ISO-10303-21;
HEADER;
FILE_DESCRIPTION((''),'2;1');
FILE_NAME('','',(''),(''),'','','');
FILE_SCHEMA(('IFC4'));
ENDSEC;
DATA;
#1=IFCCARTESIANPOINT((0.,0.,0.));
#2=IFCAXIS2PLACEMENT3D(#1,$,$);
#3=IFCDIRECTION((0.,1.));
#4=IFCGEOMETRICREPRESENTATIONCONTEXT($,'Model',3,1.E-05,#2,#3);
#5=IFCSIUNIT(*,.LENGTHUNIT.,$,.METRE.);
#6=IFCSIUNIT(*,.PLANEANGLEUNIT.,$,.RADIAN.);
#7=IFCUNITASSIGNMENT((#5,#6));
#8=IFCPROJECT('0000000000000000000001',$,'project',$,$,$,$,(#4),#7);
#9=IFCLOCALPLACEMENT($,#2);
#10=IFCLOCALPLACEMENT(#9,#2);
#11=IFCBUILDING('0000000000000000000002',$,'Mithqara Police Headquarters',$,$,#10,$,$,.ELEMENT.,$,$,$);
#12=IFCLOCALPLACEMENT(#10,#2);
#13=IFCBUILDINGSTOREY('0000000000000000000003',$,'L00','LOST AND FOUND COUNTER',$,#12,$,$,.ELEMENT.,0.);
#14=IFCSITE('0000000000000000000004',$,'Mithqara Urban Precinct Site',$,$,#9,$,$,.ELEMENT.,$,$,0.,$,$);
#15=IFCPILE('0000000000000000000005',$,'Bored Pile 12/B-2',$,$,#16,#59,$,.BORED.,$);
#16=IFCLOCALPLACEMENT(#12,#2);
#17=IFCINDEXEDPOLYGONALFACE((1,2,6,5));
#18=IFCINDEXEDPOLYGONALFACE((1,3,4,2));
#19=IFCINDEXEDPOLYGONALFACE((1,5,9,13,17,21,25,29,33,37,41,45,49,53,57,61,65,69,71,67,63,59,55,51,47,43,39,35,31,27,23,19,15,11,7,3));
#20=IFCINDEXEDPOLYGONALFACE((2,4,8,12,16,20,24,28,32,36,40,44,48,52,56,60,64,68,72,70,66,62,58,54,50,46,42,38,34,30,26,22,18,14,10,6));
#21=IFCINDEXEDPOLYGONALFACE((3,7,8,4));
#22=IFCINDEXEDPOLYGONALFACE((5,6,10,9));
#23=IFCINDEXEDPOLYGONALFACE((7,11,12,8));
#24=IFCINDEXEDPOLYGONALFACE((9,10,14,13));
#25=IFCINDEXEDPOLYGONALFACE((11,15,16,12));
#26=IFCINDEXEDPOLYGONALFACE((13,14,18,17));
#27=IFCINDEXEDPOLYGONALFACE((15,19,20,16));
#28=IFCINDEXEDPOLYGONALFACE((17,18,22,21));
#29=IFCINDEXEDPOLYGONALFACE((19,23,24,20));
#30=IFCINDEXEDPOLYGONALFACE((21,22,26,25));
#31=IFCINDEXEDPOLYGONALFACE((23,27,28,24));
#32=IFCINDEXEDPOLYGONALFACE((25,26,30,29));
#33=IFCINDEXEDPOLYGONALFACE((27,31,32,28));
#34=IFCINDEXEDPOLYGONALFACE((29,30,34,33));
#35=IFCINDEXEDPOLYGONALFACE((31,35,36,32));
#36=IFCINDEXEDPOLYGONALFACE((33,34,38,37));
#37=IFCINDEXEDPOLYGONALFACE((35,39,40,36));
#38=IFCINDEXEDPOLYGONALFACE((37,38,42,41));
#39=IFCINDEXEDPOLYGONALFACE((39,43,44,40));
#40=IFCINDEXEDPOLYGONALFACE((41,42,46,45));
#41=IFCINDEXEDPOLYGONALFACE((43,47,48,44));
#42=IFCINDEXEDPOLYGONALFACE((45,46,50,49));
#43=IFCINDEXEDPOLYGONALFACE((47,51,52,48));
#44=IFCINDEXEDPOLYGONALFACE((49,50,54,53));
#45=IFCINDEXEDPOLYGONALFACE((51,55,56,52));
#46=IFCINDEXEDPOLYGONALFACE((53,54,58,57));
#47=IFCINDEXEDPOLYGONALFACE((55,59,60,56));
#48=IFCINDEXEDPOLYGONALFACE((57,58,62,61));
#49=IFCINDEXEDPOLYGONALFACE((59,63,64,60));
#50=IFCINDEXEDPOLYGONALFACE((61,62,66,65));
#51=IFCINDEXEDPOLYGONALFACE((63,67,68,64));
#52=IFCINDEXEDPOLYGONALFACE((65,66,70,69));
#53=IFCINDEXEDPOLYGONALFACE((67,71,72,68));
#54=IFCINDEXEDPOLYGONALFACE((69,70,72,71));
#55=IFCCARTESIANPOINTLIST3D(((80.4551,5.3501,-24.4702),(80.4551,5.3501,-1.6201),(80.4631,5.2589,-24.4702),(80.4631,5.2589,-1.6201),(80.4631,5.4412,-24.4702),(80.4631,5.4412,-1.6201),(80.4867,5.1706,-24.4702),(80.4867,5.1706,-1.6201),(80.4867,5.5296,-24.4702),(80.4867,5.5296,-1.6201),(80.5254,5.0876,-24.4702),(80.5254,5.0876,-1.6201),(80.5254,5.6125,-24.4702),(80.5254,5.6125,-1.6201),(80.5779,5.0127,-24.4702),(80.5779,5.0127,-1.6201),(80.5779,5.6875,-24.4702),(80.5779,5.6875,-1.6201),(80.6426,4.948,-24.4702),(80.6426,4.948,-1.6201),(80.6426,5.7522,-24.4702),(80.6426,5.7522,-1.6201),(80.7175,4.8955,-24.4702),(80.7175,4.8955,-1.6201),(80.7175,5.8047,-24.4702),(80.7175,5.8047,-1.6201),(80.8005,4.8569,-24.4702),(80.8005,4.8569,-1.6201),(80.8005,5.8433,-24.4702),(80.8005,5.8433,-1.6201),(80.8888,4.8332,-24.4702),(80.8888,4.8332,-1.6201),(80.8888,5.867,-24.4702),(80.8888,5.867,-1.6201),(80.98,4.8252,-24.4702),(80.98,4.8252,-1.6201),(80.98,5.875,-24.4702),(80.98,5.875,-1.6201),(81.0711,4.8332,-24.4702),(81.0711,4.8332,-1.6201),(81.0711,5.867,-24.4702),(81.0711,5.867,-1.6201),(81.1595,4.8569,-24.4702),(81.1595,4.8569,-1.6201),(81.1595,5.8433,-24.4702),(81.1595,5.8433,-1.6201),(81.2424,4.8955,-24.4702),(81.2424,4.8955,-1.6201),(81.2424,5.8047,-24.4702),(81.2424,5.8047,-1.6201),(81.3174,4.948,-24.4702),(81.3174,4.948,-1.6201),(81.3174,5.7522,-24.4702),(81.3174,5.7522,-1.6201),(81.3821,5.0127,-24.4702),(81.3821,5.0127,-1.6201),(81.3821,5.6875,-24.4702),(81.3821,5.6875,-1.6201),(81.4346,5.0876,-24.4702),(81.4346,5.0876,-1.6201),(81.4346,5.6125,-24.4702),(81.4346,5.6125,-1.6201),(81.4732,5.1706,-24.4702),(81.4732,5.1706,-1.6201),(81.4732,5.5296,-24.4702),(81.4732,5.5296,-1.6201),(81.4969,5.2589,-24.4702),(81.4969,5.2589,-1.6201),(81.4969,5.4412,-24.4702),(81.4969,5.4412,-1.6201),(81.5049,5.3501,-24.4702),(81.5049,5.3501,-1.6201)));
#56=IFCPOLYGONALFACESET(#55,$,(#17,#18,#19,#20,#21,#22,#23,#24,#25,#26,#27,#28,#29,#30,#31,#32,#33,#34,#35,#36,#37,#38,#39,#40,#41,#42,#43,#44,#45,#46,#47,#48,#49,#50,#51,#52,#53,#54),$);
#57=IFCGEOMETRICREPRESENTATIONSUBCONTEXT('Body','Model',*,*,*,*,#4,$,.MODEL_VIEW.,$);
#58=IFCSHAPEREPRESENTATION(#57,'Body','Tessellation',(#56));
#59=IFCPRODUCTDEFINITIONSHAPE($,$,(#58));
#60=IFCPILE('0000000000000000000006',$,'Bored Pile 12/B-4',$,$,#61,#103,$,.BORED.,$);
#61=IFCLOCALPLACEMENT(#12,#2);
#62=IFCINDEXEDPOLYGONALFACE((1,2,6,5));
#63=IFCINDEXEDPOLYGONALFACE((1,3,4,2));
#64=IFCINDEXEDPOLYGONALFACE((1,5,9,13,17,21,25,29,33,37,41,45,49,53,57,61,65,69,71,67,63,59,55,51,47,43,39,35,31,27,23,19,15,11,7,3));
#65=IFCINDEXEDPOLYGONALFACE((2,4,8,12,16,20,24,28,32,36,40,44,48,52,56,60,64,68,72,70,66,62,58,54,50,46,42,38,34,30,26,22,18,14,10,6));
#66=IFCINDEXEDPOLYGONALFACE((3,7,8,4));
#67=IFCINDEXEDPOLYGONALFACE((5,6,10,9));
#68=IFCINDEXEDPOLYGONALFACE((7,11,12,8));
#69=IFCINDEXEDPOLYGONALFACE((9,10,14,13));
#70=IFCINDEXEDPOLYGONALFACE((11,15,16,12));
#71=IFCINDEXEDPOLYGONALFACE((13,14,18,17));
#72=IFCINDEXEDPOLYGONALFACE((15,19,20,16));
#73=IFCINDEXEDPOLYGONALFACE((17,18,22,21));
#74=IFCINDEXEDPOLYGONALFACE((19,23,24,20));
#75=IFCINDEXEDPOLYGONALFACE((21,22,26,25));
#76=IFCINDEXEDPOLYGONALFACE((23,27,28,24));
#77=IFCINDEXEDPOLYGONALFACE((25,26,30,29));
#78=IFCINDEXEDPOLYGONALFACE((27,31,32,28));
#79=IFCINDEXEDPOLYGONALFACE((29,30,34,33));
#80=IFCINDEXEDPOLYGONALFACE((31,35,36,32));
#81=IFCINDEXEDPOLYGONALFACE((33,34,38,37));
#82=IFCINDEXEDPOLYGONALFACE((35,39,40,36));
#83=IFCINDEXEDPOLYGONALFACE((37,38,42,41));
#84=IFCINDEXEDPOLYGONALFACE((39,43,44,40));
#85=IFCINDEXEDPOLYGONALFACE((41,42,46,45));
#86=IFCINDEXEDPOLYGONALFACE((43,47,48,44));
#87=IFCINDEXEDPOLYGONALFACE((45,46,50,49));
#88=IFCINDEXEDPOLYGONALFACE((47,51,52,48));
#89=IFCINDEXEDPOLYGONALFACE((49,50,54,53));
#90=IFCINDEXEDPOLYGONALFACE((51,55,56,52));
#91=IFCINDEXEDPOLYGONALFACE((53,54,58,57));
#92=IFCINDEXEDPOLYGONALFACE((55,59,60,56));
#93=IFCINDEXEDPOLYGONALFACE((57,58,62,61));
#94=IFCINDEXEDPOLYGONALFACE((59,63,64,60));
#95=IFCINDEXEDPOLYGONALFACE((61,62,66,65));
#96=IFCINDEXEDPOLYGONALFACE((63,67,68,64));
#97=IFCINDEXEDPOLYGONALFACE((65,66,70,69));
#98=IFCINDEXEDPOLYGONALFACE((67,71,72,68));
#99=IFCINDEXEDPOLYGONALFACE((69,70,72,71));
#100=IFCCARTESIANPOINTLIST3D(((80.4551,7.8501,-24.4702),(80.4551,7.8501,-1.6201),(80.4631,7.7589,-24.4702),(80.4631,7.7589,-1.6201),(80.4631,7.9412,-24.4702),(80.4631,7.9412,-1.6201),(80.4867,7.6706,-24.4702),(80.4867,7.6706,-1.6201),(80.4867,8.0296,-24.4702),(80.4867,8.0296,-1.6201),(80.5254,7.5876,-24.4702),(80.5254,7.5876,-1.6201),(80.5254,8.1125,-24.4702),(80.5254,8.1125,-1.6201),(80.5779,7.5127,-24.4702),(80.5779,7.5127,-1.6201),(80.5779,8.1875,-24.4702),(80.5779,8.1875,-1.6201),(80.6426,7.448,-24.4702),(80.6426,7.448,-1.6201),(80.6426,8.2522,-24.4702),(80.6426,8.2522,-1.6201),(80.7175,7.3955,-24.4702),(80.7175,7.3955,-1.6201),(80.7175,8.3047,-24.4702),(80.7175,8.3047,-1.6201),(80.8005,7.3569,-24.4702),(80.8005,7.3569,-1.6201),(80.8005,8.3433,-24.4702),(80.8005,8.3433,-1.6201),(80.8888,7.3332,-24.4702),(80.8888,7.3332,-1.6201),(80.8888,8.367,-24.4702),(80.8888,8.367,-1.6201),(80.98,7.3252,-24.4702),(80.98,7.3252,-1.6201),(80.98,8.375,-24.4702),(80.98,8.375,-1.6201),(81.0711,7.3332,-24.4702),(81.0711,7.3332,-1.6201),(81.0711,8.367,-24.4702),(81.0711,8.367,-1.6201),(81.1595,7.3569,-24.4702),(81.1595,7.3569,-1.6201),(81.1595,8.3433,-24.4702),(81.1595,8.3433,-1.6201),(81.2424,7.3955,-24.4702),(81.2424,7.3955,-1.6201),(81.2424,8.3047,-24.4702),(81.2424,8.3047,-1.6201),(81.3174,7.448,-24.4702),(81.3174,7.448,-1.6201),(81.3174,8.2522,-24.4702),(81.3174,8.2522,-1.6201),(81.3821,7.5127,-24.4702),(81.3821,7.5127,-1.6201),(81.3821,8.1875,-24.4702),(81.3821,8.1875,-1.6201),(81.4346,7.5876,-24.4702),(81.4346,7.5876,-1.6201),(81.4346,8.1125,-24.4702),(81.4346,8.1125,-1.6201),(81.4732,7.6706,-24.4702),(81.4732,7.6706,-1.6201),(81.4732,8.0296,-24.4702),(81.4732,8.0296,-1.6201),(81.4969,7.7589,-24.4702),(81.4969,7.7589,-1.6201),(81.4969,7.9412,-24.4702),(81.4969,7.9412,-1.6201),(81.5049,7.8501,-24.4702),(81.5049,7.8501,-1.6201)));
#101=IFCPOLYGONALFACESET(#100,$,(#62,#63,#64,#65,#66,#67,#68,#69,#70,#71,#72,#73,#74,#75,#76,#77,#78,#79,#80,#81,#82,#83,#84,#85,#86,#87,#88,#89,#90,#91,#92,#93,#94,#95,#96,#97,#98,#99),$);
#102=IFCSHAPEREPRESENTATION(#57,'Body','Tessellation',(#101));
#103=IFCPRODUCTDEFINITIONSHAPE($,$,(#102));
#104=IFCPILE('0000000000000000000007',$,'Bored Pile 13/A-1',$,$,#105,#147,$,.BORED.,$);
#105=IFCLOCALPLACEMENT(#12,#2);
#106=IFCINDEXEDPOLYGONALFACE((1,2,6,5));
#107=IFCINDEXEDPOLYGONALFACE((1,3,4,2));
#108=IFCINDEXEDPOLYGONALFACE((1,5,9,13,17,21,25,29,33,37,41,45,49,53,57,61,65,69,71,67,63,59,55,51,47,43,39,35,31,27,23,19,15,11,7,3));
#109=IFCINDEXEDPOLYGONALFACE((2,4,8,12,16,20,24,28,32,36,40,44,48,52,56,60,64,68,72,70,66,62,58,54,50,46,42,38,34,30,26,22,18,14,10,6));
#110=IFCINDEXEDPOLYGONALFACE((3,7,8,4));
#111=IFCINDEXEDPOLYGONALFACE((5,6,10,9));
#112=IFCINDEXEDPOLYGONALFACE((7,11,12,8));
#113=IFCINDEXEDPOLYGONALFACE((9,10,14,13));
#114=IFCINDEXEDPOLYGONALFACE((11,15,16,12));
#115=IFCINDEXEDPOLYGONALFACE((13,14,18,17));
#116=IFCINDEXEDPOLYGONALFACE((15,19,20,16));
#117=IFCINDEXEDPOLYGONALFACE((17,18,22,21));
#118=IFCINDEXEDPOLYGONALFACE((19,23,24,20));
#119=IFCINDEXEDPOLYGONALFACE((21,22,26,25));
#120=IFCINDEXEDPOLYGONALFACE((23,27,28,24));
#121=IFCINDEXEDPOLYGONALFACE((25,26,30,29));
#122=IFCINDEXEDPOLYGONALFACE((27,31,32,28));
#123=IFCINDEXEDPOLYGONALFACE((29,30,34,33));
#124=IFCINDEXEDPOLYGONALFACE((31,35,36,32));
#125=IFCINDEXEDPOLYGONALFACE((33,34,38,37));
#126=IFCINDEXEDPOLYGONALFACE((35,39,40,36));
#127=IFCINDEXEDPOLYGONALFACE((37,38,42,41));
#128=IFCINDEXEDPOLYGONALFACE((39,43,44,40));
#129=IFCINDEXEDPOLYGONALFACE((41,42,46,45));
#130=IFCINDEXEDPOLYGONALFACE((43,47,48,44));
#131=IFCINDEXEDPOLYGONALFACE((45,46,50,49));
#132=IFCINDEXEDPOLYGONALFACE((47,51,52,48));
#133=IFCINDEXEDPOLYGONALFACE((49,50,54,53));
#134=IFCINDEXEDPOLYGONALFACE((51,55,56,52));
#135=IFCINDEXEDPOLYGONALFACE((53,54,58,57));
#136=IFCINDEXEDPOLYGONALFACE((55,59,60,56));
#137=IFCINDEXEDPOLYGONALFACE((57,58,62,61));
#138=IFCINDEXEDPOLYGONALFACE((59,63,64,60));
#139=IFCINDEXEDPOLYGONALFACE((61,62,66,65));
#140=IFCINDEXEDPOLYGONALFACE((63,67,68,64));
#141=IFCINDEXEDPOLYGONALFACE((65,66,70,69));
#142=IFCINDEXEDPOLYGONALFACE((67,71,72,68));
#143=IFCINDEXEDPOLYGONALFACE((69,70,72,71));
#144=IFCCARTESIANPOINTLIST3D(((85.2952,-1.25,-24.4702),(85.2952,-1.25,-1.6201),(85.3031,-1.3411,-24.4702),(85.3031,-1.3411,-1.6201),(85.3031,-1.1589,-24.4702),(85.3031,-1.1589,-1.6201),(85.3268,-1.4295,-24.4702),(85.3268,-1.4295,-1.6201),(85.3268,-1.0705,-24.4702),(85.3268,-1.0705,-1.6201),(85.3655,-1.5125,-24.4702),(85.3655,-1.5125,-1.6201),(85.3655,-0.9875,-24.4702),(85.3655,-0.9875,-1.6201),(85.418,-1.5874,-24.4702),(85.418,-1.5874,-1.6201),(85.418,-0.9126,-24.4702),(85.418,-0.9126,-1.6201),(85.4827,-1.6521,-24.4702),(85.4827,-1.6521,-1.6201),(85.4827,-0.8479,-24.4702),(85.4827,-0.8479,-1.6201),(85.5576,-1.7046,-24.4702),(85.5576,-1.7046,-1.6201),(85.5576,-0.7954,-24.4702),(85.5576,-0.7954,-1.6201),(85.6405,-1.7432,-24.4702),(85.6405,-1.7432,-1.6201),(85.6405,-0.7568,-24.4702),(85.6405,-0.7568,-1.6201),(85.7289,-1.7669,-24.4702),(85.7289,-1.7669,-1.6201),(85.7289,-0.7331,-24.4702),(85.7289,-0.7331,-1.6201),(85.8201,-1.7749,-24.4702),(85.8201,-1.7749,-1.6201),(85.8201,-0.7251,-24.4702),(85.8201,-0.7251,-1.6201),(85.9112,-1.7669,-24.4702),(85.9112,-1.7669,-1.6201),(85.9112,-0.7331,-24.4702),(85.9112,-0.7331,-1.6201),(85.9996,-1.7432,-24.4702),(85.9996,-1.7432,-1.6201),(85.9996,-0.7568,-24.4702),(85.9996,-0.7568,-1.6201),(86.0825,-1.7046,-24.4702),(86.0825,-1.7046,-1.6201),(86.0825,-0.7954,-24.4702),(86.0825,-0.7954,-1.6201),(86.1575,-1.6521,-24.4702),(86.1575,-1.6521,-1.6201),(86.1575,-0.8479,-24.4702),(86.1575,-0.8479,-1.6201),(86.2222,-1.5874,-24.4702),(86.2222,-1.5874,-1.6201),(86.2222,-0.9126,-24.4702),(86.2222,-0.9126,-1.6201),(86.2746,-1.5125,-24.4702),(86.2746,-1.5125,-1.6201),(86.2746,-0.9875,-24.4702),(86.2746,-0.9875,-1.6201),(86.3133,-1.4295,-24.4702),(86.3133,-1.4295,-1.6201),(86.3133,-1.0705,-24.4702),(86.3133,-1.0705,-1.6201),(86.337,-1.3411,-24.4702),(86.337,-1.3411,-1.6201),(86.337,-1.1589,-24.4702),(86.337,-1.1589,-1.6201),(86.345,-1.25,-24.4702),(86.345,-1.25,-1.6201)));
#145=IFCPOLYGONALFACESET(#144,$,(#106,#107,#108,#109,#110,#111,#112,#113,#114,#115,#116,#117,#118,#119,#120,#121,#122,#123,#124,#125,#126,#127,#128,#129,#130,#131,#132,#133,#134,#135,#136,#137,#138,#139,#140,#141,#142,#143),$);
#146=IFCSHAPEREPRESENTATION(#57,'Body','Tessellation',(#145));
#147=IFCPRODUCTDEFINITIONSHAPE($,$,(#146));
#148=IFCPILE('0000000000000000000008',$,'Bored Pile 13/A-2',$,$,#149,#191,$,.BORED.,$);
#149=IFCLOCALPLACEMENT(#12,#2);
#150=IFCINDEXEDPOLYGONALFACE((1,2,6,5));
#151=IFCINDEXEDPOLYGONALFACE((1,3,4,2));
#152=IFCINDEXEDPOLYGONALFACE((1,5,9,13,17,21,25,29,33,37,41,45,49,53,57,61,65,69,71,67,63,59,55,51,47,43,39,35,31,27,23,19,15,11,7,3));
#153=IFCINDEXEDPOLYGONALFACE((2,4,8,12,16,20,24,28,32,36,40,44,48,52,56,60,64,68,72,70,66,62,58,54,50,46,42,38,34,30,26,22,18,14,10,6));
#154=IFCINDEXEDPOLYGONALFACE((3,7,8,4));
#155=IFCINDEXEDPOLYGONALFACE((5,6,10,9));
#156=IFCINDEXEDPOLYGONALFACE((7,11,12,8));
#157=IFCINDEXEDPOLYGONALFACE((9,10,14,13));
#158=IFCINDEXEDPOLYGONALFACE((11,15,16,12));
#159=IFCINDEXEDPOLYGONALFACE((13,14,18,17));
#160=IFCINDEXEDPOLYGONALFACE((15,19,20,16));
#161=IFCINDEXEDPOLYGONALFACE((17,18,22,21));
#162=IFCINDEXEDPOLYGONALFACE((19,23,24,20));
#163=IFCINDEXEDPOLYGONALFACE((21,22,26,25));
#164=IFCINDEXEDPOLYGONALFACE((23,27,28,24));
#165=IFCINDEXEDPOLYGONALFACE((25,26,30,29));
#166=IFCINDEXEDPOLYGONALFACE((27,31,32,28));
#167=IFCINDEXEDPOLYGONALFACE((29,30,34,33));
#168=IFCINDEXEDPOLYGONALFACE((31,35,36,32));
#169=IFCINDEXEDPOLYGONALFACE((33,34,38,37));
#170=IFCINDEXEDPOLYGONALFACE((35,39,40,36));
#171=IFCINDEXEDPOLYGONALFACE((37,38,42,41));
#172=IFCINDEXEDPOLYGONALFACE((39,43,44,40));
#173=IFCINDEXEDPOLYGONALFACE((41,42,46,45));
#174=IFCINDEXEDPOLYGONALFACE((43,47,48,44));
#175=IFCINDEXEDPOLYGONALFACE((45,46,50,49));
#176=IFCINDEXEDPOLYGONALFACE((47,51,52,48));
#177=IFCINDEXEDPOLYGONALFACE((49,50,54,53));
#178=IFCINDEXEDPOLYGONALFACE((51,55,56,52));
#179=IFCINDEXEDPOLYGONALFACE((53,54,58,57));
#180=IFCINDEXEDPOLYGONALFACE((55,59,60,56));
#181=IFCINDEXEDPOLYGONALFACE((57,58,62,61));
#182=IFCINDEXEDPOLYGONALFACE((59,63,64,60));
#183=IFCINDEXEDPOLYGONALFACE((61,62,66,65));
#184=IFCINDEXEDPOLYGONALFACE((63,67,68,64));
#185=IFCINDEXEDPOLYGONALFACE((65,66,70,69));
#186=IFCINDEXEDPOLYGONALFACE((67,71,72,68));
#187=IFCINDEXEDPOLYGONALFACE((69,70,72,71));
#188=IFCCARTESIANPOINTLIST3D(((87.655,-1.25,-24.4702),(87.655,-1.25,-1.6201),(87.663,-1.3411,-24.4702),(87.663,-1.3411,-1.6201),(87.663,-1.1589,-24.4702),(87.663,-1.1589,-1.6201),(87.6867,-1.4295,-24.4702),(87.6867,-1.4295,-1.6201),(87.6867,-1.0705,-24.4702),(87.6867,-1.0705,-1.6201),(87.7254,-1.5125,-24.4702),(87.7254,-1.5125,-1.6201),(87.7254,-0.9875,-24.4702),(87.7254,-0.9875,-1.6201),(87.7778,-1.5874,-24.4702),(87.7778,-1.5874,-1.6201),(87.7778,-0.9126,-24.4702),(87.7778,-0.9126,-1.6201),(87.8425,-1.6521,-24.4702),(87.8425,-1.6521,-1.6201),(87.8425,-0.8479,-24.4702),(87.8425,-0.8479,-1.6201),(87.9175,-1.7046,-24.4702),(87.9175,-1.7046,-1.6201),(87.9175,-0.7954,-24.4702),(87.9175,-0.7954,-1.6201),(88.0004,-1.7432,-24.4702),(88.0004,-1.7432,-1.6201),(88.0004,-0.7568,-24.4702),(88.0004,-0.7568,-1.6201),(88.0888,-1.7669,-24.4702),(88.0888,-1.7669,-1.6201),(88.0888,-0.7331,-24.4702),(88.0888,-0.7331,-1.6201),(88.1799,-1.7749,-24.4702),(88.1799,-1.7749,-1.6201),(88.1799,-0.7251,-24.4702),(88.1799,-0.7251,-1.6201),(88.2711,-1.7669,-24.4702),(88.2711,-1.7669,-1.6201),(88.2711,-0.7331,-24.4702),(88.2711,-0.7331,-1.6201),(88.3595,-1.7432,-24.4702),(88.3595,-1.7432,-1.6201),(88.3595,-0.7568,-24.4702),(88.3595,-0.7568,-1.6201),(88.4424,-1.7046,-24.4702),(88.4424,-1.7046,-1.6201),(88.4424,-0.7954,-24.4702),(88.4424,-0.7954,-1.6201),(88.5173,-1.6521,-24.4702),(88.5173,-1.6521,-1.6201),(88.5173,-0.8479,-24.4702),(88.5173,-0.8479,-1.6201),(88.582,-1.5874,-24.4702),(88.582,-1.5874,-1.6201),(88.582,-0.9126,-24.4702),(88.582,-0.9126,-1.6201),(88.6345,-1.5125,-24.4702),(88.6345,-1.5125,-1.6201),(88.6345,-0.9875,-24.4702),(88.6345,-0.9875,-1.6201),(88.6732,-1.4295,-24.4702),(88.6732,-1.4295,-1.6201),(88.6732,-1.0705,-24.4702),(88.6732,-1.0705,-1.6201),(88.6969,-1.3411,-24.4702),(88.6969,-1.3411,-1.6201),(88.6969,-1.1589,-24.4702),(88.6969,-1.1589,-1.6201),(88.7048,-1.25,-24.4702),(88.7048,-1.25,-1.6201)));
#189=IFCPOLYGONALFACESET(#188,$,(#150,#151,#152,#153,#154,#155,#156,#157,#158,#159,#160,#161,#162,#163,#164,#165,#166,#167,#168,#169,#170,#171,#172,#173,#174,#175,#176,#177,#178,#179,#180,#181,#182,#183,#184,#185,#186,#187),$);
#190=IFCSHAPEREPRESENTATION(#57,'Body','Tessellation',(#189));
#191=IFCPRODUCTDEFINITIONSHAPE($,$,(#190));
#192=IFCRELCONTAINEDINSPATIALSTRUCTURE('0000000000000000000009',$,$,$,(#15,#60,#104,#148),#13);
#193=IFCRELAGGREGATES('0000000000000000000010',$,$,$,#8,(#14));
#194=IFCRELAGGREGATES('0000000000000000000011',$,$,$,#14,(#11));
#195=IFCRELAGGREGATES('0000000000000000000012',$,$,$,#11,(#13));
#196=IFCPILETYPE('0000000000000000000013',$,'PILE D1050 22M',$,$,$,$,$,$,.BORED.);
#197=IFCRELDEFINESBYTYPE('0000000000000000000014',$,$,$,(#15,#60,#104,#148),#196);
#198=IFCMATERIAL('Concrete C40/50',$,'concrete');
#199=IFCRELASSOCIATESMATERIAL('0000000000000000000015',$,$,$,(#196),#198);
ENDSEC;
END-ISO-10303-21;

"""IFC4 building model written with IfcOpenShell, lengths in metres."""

from ifc_helpers import new_model, si_unit, direction, frame, origin, origin_2d, place, context, subcontext, project, spatial, circle, extrude, material, material_profile, profile_set, type_object, element, save


model = new_model("IFC4")

# Units and contexts
model_context = context("Model", 3, precision=1e-05, world=origin(), true_north=direction((0.0, 1.0)))
body_context = subcontext(model_context, "Body", "Model", "MODEL_VIEW")
ifc_project = project(units=[si_unit("LENGTHUNIT", "METRE"), si_unit("PLANEANGLEUNIT", "RADIAN")], contexts=[model_context])

# Site, building, storey
site_placement = place(None, origin())
site = spatial("IfcSite", under=ifc_project, at=site_placement, Name="Mithqara Urban Precinct Site", CompositionType="ELEMENT", RefElevation=0.0)
building_placement = place(site_placement, origin())
building = spatial("IfcBuilding", under=site, at=building_placement, Name="Mithqara Police Headquarters", CompositionType="ELEMENT")
storey_placement = place(building_placement, origin())
storey = spatial("IfcBuildingStorey", under=building, at=storey_placement, Name="L00", Description="LOST AND FOUND COUNTER", CompositionType="ELEMENT", Elevation=0.0)

# Shared definitions
ifc_material_1 = material(Name="Concrete C40/50", Category="concrete")

# Piles
ifc_material_profile_1 = material_profile(ifc_material_1, circle(Radius=0.5249, at=origin_2d()), Name="PILE D1050")
ifc_profile_set_1 = profile_set([ifc_material_profile_1], Name="Concrete C40/50")
pile_type = type_object("IfcPileType", Name="PILE D1050 22M", PredefinedType="BORED", material=ifc_profile_set_1)
for number, where, z_axis, x_axis, name in (
    (1, (80.98, 5.3501, -1.6201), (0.0, 0.0, -1.0), (1.0, 0.0, 0.0), "Bored Pile 12/B-2"),
    (2, (80.98, 7.8501, -1.6201), (0.0, 0.0, -1.0), (1.0, 0.0, 0.0), "Bored Pile 12/B-4"),
    (3, (85.8201, -1.25, -1.6201), (0.0, 0.0, -1.0), (1.0, 0.0, 0.0), "Bored Pile 13/A-1"),
    (4, (88.1799, -1.25, -1.6201), (0.0, 0.0, -1.0), (1.0, 0.0, 0.0), "Bored Pile 13/A-2"),
):
    element("IfcPile", number, at=place(storey_placement, frame(where, z_axis=z_axis, x_axis=x_axis)), inside=storey, type_object=pile_type, Name=name, PredefinedType="BORED", context=body_context, shape_type="SweptSolid", body=[
        extrude(circle(Radius=0.5249, at=origin_2d()), origin(), (0.0, 0.0, 1.0), 22.8501),
    ])

save(model, "model.ifc")
